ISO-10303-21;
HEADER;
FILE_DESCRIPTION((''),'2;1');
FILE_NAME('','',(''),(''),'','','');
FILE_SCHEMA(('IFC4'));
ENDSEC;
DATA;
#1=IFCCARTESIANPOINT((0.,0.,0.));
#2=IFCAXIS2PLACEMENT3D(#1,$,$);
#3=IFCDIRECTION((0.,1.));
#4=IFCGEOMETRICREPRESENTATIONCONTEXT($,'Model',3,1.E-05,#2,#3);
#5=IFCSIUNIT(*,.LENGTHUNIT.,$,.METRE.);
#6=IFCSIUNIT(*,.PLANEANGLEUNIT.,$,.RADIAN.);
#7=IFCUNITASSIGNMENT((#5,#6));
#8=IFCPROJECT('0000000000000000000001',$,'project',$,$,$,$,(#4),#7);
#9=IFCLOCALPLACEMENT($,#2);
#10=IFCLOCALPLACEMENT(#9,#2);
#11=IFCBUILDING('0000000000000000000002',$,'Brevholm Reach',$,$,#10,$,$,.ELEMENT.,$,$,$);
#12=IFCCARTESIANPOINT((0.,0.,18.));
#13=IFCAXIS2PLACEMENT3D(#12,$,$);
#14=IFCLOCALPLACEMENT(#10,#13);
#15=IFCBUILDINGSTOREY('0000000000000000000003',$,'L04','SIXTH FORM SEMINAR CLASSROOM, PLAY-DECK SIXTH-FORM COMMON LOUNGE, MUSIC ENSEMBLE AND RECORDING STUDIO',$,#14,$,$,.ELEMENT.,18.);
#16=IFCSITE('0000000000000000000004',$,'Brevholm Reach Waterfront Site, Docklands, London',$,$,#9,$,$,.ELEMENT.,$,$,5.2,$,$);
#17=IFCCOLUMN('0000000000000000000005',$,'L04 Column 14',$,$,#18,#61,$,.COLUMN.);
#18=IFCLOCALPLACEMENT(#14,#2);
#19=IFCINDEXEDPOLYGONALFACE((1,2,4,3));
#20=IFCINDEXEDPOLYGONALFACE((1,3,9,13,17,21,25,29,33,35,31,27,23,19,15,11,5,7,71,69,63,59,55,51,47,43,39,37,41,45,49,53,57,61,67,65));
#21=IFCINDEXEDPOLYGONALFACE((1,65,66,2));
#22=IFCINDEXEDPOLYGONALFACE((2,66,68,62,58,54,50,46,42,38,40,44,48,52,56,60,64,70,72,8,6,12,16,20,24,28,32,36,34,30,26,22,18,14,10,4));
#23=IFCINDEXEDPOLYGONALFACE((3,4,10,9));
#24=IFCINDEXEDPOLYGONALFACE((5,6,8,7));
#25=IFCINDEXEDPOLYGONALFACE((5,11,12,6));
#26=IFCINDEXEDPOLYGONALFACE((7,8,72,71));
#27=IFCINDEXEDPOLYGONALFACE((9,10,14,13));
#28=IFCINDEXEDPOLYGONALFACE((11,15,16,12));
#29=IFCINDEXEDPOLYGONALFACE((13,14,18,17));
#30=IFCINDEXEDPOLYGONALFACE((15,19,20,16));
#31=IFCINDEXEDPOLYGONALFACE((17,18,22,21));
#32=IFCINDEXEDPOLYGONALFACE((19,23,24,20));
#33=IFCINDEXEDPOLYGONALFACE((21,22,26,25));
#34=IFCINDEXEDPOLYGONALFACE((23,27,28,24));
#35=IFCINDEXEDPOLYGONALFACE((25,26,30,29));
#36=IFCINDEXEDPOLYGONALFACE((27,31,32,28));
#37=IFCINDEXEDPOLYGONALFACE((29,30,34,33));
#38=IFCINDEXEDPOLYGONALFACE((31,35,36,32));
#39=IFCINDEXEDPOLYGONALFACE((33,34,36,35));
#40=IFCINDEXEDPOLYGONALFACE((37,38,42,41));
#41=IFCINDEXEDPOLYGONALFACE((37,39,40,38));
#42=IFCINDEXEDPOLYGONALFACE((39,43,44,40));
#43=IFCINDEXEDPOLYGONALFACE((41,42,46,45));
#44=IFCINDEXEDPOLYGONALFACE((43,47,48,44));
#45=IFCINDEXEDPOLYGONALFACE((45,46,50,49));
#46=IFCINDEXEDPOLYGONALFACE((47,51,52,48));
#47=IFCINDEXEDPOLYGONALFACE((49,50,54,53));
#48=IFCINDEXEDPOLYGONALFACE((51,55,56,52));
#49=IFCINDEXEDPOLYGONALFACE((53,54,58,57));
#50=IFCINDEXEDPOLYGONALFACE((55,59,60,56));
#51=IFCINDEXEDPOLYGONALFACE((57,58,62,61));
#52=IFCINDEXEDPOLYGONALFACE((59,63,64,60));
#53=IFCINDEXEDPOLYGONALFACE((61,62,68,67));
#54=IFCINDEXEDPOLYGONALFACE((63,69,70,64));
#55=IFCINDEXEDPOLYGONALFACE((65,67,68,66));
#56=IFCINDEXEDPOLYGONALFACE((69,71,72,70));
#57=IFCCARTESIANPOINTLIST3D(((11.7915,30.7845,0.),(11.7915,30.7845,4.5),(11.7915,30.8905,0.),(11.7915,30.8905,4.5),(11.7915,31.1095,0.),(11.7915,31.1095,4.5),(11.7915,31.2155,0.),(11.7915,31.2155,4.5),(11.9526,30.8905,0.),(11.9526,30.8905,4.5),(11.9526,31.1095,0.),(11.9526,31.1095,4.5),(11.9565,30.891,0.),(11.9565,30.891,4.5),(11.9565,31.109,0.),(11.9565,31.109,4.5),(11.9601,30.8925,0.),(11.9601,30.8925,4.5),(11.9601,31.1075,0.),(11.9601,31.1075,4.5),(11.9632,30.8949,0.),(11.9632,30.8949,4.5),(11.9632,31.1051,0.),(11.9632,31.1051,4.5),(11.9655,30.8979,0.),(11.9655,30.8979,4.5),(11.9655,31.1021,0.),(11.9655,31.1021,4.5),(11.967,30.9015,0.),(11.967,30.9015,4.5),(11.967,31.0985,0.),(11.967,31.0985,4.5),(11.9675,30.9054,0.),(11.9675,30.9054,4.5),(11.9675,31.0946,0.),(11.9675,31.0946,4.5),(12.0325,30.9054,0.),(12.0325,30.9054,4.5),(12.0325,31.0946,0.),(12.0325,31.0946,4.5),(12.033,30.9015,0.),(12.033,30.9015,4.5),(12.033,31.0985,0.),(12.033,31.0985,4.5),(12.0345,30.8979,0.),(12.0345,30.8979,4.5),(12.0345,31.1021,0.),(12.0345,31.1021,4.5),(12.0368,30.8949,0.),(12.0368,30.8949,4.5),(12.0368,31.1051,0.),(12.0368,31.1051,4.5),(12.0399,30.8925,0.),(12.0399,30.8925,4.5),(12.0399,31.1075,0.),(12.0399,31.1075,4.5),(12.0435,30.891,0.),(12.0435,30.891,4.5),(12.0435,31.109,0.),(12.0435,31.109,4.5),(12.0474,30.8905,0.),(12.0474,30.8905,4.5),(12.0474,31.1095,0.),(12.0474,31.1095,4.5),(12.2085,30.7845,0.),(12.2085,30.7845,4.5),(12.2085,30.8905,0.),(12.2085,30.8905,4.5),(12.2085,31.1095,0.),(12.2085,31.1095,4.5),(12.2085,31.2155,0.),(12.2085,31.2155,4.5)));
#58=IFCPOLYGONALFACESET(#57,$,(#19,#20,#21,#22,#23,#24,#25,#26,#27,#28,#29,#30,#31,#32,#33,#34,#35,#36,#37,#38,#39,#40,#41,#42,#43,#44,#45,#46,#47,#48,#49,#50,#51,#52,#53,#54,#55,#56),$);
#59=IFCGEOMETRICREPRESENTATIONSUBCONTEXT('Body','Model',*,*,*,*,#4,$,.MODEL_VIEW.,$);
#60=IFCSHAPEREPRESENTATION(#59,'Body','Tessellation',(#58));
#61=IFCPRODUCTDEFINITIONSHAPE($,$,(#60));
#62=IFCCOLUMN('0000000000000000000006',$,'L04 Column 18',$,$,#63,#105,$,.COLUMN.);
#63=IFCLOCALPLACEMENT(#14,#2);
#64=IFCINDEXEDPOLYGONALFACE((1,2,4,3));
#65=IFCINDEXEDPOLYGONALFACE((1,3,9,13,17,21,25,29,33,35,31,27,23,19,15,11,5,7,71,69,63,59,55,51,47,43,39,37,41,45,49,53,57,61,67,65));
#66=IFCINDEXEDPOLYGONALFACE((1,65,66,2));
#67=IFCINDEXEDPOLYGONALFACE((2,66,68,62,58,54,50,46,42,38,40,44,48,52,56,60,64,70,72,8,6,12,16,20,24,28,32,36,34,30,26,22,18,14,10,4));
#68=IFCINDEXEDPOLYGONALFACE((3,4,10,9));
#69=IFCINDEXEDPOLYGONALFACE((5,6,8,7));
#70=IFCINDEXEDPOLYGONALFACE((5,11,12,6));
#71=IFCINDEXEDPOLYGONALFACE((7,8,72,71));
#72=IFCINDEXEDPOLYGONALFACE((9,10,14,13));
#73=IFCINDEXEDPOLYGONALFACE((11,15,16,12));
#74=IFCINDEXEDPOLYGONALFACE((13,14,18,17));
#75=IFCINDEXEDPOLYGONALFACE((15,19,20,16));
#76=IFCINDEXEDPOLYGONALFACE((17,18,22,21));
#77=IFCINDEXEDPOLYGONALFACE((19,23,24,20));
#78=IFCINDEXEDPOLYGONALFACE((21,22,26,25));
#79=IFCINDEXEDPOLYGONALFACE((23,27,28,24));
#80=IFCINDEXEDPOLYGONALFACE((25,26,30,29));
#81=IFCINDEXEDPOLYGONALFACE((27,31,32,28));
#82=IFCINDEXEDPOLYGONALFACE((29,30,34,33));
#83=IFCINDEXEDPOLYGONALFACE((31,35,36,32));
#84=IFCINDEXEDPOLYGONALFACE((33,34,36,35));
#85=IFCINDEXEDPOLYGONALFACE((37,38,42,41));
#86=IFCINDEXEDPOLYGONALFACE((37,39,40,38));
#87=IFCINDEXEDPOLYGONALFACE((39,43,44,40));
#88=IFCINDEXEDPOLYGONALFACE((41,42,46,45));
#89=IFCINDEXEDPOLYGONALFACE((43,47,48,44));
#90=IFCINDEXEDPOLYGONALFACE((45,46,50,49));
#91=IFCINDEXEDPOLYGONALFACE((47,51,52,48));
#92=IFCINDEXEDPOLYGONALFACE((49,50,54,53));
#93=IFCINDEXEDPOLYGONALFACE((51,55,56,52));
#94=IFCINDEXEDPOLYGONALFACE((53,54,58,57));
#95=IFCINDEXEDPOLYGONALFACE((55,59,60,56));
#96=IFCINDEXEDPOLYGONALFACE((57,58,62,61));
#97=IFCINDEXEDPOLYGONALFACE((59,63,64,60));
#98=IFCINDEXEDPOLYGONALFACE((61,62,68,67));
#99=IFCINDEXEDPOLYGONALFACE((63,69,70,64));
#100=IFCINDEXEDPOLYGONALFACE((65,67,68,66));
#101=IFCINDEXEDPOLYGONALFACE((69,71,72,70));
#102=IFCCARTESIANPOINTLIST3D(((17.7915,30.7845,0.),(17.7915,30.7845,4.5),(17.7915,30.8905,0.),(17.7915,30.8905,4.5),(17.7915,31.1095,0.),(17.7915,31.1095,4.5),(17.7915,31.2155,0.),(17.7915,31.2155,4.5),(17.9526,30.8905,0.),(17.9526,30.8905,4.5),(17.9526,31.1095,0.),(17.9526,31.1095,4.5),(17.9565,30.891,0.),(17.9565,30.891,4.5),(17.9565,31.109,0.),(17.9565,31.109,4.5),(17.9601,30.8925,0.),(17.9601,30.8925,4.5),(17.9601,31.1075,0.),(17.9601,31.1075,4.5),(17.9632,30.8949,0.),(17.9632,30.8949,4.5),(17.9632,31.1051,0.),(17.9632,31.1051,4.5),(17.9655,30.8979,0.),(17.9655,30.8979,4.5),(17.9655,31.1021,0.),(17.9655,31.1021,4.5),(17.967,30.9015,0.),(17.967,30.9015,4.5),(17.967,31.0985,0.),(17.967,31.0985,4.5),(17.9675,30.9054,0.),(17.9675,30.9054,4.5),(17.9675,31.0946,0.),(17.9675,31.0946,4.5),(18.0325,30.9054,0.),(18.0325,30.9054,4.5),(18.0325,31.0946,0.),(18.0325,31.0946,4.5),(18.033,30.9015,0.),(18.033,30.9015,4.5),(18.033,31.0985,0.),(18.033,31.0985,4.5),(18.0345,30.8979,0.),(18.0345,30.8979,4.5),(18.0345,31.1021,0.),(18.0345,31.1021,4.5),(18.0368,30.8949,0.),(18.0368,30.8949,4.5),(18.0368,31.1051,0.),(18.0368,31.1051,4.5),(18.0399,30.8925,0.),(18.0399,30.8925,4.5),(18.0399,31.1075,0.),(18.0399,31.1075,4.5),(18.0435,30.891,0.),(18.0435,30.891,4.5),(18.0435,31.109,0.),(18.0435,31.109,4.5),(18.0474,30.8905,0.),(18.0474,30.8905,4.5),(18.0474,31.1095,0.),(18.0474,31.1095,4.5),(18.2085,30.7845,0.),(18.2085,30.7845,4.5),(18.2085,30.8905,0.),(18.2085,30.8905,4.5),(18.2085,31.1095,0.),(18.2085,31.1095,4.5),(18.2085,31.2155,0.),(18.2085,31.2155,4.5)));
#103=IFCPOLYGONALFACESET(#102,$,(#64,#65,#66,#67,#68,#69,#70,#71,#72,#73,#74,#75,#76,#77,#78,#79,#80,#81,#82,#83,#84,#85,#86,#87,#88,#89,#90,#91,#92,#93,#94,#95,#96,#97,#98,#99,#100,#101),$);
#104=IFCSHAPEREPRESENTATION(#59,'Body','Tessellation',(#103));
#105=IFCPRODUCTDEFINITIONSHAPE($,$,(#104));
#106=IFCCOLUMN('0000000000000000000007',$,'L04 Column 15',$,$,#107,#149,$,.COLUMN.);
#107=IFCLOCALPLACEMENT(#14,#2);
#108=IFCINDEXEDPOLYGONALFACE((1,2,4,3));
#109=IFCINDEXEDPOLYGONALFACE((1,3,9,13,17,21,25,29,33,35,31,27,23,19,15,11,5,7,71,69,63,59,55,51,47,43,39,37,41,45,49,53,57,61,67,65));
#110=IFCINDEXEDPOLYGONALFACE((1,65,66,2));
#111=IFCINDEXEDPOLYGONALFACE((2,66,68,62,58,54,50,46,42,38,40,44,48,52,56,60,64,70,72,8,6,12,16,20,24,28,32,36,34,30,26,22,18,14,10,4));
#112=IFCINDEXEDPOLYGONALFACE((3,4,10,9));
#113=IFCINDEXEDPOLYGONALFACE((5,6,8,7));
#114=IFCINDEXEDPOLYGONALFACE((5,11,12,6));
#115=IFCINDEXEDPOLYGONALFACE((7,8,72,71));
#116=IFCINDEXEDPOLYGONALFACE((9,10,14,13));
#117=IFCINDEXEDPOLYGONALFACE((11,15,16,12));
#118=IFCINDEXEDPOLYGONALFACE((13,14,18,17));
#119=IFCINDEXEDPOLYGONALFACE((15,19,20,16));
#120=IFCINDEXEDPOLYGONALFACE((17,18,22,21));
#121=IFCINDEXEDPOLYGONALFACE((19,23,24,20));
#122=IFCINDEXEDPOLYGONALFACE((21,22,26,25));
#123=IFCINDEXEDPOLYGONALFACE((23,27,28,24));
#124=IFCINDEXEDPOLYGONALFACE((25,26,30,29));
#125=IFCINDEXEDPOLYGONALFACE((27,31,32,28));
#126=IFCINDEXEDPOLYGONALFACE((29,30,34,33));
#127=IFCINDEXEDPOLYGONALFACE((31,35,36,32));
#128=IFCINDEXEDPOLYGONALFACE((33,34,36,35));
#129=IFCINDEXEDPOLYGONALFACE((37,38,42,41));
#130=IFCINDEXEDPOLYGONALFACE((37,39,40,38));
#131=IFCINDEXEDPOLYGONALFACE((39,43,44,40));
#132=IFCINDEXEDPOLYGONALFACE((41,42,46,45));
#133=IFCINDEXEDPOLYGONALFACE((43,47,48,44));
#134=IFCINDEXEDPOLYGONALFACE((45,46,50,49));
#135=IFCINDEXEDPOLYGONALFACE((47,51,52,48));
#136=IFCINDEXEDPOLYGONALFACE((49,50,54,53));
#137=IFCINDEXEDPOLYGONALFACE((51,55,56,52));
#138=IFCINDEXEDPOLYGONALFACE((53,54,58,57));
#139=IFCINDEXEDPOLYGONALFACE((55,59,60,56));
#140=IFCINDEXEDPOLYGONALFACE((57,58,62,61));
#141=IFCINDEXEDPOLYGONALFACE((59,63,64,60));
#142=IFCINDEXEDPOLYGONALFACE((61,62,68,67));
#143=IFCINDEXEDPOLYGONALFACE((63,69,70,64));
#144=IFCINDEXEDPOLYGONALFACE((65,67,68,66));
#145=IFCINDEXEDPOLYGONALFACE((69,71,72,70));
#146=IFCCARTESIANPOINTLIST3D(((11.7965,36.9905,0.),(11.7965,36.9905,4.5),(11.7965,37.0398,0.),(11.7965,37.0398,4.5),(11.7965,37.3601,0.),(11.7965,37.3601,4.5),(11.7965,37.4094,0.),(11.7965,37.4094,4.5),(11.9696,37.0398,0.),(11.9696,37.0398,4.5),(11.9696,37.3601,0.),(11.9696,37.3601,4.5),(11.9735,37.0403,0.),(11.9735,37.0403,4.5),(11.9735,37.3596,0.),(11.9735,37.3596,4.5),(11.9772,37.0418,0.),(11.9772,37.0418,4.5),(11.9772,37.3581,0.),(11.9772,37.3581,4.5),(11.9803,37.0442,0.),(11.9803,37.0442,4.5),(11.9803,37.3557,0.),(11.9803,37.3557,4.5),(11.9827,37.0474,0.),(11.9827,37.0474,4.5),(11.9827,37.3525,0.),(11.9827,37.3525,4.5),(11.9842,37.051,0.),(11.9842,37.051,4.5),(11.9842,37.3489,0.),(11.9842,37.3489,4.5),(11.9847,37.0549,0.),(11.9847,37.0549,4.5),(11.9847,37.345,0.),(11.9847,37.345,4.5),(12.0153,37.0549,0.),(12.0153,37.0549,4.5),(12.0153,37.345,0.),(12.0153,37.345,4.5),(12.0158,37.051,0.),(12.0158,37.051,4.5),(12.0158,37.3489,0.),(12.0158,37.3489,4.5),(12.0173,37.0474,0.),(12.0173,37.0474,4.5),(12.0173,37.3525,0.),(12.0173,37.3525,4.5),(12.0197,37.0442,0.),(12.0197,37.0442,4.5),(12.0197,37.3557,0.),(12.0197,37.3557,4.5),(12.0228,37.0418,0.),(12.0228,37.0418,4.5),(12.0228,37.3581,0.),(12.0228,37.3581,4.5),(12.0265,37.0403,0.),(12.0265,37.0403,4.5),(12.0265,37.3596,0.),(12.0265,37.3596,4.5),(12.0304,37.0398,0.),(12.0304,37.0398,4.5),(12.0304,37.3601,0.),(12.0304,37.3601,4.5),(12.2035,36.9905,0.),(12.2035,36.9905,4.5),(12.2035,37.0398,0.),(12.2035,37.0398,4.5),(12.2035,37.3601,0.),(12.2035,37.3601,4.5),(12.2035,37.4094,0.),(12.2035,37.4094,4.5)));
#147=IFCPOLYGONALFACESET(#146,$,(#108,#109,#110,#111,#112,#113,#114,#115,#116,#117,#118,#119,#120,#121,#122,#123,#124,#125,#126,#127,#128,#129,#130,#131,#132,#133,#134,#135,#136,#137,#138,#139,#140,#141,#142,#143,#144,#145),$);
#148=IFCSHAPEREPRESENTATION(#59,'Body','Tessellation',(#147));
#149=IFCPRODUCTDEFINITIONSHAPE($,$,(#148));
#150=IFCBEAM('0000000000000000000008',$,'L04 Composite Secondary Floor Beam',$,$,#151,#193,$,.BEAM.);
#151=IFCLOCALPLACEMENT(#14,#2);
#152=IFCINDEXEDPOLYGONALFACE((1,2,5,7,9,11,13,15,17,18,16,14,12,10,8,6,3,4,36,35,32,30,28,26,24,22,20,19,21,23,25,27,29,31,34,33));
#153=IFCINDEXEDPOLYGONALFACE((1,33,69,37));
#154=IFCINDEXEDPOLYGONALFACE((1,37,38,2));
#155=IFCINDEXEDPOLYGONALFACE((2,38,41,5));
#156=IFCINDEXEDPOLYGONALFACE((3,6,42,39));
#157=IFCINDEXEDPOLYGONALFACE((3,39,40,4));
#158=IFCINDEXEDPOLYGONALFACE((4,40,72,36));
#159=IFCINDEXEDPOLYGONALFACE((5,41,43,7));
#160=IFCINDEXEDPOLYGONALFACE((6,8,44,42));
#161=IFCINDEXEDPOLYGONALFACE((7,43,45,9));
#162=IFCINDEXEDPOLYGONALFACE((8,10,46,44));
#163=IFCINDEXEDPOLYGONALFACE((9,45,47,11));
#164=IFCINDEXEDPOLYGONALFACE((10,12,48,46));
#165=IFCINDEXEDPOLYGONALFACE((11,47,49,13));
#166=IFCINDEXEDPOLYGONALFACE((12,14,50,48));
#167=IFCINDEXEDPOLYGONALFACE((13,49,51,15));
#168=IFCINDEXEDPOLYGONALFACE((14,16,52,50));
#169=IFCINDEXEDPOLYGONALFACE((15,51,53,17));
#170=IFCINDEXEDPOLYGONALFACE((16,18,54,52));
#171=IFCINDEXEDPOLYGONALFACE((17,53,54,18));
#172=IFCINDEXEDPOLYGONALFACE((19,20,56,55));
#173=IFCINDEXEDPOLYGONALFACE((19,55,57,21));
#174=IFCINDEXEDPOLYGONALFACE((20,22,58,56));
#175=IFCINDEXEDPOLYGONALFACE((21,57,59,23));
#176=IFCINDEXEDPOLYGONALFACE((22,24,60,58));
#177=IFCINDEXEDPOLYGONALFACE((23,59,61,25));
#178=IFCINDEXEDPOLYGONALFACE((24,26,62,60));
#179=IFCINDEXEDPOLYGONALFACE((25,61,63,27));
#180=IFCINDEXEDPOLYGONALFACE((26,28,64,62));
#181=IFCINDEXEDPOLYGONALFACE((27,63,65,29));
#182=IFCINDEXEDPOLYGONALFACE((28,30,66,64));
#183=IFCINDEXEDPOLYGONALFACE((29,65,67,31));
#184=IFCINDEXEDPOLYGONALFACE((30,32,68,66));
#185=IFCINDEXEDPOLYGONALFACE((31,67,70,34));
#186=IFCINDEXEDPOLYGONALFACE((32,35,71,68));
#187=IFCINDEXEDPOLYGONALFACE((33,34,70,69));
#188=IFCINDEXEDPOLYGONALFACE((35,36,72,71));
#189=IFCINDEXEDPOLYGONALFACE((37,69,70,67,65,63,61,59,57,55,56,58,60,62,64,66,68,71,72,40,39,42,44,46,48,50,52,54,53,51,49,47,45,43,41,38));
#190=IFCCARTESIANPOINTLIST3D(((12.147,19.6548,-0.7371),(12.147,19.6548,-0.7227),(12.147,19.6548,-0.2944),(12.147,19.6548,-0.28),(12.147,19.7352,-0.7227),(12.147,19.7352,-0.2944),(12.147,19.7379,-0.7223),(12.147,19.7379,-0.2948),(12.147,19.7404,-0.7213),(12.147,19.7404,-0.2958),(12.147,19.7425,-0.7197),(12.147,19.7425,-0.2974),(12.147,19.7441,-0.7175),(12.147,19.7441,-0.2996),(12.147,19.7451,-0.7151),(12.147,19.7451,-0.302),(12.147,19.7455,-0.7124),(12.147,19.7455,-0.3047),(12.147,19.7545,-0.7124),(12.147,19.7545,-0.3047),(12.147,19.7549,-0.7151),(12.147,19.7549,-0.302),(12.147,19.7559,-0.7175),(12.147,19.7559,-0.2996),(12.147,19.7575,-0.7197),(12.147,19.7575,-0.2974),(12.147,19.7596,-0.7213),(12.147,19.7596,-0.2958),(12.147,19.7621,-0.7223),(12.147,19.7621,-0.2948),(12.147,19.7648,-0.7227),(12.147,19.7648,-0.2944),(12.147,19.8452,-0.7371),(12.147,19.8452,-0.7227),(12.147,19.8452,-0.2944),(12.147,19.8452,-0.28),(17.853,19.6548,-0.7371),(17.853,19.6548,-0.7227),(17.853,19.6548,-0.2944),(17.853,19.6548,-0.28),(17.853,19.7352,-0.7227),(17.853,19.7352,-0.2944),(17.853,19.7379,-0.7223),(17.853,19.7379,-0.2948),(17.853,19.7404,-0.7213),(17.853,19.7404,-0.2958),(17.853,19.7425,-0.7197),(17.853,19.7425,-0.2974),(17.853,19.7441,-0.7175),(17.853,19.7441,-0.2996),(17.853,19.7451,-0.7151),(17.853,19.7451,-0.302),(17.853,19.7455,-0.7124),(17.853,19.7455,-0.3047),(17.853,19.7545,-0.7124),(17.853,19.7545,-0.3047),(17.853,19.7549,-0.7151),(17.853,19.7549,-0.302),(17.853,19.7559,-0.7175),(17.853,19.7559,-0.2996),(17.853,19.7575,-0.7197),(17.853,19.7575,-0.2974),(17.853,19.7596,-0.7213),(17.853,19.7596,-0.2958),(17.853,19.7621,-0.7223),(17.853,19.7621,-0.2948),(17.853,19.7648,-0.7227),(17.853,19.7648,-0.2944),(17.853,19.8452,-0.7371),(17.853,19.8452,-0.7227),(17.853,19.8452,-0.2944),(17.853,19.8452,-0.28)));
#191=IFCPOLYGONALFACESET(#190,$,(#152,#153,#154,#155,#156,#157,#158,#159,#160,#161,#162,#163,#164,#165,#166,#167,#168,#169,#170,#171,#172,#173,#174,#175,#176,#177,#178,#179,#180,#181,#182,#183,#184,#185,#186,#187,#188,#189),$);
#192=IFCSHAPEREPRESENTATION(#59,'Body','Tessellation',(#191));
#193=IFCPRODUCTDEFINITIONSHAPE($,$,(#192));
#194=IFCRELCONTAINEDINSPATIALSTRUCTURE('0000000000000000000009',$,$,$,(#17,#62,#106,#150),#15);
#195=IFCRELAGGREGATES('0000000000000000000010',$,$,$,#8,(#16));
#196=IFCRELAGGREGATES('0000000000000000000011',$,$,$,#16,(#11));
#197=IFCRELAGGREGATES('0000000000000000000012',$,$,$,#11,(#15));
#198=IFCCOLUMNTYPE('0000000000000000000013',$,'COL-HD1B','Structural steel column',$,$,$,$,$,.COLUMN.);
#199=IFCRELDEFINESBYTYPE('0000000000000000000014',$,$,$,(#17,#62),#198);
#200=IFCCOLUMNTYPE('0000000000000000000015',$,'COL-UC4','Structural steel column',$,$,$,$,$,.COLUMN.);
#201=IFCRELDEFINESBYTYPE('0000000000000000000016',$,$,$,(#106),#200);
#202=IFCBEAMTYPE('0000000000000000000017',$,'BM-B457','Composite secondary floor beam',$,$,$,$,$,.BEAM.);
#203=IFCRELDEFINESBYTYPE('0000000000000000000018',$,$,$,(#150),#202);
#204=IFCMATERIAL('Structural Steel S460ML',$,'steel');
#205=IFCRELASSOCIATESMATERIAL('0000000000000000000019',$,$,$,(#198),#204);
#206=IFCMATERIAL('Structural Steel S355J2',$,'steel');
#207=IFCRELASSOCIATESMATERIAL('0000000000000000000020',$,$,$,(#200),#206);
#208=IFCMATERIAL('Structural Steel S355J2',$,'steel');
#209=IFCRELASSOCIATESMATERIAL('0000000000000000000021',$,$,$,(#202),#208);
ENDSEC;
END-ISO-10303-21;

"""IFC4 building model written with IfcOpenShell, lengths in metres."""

from ifc_helpers import new_model, si_unit, direction, frame, origin, origin_2d, place, context, subcontext, project, spatial, i_section, extrude, material, material_profile, profile_set, type_object, element, save


model = new_model("IFC4")

# Units and contexts
model_context = context("Model", 3, precision=1e-05, world=origin(), true_north=direction((0.0, 1.0)))
body_context = subcontext(model_context, "Body", "Model", "MODEL_VIEW")
ifc_project = project(units=[si_unit("LENGTHUNIT", "METRE"), si_unit("PLANEANGLEUNIT", "RADIAN")], contexts=[model_context])

# Site, building, storey
site_placement = place(None, origin())
site = spatial("IfcSite", under=ifc_project, at=site_placement, Name="Brevholm Reach Waterfront Site, Docklands, London", CompositionType="ELEMENT", RefElevation=5.2)
building_placement = place(site_placement, origin())
building = spatial("IfcBuilding", under=site, at=building_placement, Name="Brevholm Reach", CompositionType="ELEMENT")
storey_placement = place(building_placement, frame((0.0, 0.0, 18.0)))
storey = spatial("IfcBuildingStorey", under=building, at=storey_placement, Name="L04", Description="SIXTH FORM SEMINAR CLASSROOM, PLAY-DECK SIXTH-FORM COMMON LOUNGE, MUSIC ENSEMBLE AND RECORDING STUDIO", CompositionType="ELEMENT", Elevation=18.0)

# Columns
ifc_material_1 = material(Name="Structural Steel S460ML", Category="steel")
ifc_material_profile_1 = material_profile(ifc_material_1, i_section(OverallWidth=0.417, OverallDepth=0.4309, WebThickness=0.0649, FlangeThickness=0.106, FilletRadius=0.0149, at=origin_2d()), Name="HD 400x900")
ifc_profile_set_1 = profile_set([ifc_material_profile_1], Name="Structural Steel S460ML")
column_type_1 = type_object("IfcColumnType", Name="COL-HD1B", Description="Structural steel column", PredefinedType="COLUMN", material=ifc_profile_set_1)
for number, where, z_axis, x_axis, name in (
    (1, (12.0, 31.0, 0.0), (0.0, 0.0, 1.0), (1.0, 0.0, 0.0), "L04 Column 14"),
    (2, (18.0, 31.0, 0.0), (0.0, 0.0, 1.0), (1.0, 0.0, 0.0), "L04 Column 18"),
):
    element("IfcColumn", number, at=place(storey_placement, frame(where, z_axis=z_axis, x_axis=x_axis)), inside=storey, type_object=column_type_1, Name=name, PredefinedType="COLUMN", context=body_context, shape_type="SweptSolid", body=[
        extrude(i_section(OverallWidth=0.417, OverallDepth=0.4309, WebThickness=0.0649, FlangeThickness=0.106, FilletRadius=0.0149, at=origin_2d()), origin(), (0.0, 0.0, 1.0), 4.5),
    ])
ifc_material_2 = material(Name="Structural Steel S355J2", Category="steel")
ifc_material_profile_2 = material_profile(ifc_material_2, i_section(OverallWidth=0.407, OverallDepth=0.4189, WebThickness=0.0305, FlangeThickness=0.0493, FilletRadius=0.0151, at=origin_2d()), Name="UKC 356x406x393")
ifc_profile_set_2 = profile_set([ifc_material_profile_2], Name="Structural Steel S355J2")
column_type_2 = type_object("IfcColumnType", Name="COL-UC4", Description="Structural steel column", PredefinedType="COLUMN", material=ifc_profile_set_2)
column_placement = place(storey_placement, frame((12.0, 37.2, 0.0), z_axis=(0.0, 0.0, 1.0), x_axis=(1.0, 0.0, 0.0)))
element("IfcColumn", 3, at=column_placement, inside=storey, type_object=column_type_2, Name="L04 Column 15", PredefinedType="COLUMN", context=body_context, shape_type="SweptSolid", body=[
    extrude(i_section(OverallWidth=0.407, OverallDepth=0.4189, WebThickness=0.0305, FlangeThickness=0.0493, FilletRadius=0.0151, at=origin_2d()), origin(), (0.0, 0.0, 1.0), 4.5),
])

# Beam
ifc_material_3 = material(Name="Structural Steel S355J2", Category="steel")
ifc_material_profile_3 = material_profile(ifc_material_3, i_section(OverallWidth=0.1904, OverallDepth=0.457, WebThickness=0.009, FlangeThickness=0.0144, FilletRadius=0.0103, at=origin_2d()), Name="UKB 457x191x74")
ifc_profile_set_3 = profile_set([ifc_material_profile_3], Name="Structural Steel S355J2")
beam_type_1 = type_object("IfcBeamType", Name="BM-B457", Description="Composite secondary floor beam", PredefinedType="BEAM", material=ifc_profile_set_3)
beam_1_placement = place(storey_placement, frame((12.147, 19.75, -0.5085), z_axis=(1.0, 0.0, 0.0), x_axis=(0.0, 1.0, 0.0)))
element("IfcBeam", 4, at=beam_1_placement, inside=storey, type_object=beam_type_1, Name="L04 Composite Secondary Floor Beam", PredefinedType="BEAM", context=body_context, shape_type="SweptSolid", body=[
    extrude(i_section(OverallWidth=0.1904, OverallDepth=0.457, WebThickness=0.009, FlangeThickness=0.0144, FilletRadius=0.0103, at=origin_2d()), origin(), (0.0, 0.0, 1.0), 5.7061),
])

save(model, "model.ifc")
